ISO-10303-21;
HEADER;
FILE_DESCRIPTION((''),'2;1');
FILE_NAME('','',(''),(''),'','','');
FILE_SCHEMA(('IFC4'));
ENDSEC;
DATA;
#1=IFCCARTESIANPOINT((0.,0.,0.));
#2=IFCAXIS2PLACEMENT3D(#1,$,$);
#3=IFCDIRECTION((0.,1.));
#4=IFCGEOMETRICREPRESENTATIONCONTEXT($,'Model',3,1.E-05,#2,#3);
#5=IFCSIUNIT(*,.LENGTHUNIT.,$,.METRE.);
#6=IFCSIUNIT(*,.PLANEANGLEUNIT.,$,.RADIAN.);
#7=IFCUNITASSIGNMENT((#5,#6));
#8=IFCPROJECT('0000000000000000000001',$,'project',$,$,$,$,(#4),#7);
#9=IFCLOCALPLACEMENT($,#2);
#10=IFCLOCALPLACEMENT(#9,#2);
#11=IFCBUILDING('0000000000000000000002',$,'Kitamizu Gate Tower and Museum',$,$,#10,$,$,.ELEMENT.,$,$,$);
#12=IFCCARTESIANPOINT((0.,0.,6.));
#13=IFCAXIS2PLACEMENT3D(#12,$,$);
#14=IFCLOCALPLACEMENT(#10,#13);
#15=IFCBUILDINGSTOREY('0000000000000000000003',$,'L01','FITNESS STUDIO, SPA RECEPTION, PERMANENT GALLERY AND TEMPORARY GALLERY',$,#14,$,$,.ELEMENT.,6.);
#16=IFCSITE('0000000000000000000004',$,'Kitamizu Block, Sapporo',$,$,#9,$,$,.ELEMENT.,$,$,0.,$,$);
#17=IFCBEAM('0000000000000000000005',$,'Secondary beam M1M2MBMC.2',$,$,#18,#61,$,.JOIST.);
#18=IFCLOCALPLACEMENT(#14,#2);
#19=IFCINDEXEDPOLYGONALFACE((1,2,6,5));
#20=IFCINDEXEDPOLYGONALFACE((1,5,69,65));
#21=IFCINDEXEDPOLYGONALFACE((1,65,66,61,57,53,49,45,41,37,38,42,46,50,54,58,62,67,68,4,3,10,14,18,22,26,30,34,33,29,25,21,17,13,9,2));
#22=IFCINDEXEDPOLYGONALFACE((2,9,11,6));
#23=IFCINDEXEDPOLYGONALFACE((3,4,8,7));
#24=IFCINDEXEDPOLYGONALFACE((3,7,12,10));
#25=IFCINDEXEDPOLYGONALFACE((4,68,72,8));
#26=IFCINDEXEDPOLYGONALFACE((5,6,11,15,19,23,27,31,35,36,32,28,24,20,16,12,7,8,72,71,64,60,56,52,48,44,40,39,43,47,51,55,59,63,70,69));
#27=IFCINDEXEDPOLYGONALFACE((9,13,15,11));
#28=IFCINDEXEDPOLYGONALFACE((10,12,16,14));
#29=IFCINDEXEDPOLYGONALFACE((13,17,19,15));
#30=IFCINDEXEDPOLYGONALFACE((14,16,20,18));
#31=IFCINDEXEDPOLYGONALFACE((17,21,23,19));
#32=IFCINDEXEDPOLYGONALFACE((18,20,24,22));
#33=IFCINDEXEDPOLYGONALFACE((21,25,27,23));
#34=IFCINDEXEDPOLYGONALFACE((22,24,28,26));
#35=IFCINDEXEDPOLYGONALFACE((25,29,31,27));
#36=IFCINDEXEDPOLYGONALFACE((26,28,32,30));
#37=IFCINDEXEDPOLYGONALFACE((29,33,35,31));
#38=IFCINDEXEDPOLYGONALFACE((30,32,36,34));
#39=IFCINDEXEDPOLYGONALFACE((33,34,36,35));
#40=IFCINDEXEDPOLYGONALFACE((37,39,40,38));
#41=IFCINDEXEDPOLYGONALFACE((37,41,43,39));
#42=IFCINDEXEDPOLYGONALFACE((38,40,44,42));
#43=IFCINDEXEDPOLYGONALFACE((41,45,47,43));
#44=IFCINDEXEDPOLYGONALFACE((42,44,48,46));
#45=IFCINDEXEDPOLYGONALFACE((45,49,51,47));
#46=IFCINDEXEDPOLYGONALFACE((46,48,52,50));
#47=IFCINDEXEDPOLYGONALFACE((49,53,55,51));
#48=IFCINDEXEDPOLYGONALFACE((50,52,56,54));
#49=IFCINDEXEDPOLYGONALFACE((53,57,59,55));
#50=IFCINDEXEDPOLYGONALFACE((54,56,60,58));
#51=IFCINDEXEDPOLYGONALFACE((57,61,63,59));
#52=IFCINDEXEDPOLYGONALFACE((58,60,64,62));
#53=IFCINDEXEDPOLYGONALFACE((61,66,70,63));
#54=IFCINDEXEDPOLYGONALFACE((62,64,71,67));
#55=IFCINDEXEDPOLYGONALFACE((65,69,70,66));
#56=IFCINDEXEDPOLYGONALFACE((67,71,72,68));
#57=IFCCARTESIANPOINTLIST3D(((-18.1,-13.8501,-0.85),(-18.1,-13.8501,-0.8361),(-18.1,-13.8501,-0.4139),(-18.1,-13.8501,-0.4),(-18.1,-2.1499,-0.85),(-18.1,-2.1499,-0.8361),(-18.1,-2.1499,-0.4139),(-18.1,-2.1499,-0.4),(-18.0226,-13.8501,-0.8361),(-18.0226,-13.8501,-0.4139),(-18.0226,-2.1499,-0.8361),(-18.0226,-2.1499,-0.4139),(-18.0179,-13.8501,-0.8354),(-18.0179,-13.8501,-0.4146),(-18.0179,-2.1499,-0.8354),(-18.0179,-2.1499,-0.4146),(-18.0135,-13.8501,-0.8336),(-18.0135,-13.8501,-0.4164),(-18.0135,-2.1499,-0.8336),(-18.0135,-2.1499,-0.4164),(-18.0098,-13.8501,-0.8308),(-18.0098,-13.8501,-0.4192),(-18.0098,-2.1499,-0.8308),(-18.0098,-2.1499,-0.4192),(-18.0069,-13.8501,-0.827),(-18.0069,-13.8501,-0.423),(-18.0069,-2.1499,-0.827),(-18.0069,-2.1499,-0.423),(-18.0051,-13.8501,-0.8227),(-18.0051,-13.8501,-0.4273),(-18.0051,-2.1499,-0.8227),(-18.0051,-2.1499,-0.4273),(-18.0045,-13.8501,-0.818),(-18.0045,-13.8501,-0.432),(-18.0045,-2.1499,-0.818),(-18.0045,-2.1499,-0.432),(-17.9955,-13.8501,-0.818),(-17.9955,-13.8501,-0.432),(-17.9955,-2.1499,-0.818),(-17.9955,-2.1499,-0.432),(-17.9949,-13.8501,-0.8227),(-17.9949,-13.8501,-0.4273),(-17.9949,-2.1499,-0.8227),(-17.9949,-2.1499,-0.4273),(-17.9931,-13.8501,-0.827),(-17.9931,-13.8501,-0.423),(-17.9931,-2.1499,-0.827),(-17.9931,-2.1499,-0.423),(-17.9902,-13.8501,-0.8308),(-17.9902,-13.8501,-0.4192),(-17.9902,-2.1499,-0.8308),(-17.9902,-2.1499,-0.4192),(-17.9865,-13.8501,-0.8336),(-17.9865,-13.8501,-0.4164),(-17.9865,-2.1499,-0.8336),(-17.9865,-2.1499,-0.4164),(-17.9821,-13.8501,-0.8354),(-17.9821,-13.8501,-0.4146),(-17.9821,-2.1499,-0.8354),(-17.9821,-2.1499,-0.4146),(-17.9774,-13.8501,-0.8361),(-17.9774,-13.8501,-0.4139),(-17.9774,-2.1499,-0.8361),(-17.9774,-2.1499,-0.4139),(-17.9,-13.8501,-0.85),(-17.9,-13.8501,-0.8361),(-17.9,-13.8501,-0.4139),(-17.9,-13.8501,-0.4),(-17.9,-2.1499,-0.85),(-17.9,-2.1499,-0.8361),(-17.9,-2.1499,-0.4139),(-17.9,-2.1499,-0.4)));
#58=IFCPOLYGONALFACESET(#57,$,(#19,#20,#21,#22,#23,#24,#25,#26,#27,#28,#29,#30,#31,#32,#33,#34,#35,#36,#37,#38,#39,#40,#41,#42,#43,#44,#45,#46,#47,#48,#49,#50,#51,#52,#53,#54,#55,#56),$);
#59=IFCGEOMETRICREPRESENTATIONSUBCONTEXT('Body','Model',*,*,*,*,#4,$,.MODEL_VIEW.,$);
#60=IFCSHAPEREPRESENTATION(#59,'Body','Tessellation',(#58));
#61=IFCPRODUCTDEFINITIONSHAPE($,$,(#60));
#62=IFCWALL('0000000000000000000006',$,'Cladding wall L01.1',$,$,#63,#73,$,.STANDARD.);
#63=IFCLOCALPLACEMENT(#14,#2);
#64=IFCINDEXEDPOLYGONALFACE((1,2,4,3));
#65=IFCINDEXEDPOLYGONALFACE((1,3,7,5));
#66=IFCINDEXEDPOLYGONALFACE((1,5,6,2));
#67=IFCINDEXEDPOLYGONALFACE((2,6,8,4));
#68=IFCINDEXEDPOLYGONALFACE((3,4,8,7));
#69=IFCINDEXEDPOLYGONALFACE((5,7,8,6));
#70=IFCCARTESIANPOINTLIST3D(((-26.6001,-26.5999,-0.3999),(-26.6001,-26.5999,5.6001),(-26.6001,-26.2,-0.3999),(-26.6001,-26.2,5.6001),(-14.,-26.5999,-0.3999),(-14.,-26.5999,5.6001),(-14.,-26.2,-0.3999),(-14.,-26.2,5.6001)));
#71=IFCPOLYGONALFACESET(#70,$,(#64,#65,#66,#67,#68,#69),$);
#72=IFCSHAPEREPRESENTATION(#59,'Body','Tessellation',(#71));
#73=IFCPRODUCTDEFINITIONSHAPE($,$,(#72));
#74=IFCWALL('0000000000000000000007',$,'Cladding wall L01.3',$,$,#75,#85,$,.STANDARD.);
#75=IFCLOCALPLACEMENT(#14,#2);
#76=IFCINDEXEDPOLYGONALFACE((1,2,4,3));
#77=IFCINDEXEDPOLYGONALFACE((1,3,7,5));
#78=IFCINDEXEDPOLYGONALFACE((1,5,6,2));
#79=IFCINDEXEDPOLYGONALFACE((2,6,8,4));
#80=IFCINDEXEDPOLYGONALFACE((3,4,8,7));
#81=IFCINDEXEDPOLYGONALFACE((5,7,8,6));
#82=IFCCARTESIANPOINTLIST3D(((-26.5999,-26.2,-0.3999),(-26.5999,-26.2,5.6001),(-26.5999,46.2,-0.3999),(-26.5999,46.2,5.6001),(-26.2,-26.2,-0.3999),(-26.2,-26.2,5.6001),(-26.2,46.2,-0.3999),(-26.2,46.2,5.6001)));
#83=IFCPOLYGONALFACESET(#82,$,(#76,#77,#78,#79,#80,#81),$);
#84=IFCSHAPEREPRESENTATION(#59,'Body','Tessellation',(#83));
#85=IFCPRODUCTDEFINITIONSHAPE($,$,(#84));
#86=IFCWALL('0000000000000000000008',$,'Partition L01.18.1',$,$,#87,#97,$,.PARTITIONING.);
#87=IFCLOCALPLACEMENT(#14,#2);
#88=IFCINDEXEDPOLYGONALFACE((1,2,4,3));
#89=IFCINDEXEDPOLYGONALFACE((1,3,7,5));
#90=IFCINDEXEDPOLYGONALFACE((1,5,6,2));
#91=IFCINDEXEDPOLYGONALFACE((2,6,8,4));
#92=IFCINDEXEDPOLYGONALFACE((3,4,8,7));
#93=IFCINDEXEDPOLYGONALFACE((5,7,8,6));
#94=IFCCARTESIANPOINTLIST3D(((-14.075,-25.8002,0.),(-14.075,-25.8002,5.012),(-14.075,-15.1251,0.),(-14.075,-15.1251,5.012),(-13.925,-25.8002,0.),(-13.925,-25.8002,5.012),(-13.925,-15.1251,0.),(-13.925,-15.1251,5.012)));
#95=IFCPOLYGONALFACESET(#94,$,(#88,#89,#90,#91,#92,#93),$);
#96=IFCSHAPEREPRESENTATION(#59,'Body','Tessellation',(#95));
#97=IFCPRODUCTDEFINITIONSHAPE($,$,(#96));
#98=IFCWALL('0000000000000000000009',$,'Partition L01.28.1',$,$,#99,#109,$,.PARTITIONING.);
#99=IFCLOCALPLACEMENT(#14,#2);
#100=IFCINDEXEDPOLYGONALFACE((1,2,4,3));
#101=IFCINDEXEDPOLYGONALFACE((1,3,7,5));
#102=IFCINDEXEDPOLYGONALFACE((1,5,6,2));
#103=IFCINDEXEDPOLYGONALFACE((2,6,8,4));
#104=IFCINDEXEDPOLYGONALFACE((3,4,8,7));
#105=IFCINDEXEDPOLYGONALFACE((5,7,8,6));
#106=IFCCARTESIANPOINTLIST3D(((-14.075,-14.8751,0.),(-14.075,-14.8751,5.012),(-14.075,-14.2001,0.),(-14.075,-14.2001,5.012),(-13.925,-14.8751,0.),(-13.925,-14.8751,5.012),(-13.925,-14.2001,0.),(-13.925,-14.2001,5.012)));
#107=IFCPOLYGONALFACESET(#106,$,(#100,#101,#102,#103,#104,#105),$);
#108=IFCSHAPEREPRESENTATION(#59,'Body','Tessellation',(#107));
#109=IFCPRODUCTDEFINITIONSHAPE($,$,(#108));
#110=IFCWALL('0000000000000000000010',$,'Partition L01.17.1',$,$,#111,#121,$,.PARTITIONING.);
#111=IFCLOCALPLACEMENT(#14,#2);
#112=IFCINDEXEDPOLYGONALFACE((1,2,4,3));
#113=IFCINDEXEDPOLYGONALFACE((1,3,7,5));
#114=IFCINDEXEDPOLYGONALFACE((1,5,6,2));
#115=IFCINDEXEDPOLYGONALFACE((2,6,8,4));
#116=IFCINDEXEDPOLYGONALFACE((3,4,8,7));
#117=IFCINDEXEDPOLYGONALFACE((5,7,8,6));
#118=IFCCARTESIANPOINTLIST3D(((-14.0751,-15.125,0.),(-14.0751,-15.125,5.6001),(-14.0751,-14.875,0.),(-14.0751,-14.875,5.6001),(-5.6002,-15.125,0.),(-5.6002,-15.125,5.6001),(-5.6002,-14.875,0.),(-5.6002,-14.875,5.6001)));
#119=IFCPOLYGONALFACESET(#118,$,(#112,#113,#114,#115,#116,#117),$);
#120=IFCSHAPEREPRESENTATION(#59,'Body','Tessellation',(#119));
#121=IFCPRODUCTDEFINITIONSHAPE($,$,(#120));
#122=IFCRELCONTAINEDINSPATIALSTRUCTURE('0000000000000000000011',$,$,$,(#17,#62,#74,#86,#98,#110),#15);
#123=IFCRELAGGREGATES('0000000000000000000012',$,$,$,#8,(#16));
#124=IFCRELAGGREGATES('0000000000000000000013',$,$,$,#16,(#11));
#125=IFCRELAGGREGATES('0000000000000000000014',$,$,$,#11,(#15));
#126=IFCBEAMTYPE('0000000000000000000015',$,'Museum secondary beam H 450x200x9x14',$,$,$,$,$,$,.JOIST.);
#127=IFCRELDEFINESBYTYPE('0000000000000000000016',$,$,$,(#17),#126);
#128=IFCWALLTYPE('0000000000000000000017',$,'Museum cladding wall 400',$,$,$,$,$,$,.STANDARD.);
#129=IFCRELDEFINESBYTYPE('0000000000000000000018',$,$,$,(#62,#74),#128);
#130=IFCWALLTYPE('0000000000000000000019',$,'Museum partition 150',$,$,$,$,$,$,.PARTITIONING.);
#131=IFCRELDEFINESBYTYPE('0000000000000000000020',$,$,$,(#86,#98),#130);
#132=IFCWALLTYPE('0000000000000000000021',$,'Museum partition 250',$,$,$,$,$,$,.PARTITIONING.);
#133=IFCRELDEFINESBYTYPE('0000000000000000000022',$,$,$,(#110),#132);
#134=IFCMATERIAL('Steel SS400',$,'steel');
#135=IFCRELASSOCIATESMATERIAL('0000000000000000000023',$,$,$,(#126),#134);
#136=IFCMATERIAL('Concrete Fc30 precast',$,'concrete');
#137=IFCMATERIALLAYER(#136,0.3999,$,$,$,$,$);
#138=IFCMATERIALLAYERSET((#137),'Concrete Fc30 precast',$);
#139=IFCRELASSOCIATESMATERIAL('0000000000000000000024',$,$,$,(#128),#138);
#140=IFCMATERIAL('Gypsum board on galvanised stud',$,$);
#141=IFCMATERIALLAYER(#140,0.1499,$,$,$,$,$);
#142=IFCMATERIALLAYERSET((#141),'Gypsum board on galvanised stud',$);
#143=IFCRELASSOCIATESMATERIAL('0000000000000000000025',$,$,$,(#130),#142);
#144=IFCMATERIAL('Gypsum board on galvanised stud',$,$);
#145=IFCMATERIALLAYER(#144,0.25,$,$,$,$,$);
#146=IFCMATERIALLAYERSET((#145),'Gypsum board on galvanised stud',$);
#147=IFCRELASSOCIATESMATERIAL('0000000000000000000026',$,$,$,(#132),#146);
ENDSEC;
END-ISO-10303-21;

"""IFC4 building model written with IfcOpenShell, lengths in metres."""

from ifc_helpers import new_model, si_unit, direction, frame, frame_2d, origin, origin_2d, place, context, subcontext, project, spatial, rectangle, i_section, extrude, material, layer, layer_set, material_profile, profile_set, type_object, element, save


model = new_model("IFC4")

# Units and contexts
model_context = context("Model", 3, precision=1e-05, world=origin(), true_north=direction((0.0, 1.0)))
body_context = subcontext(model_context, "Body", "Model", "MODEL_VIEW")
ifc_project = project(units=[si_unit("LENGTHUNIT", "METRE"), si_unit("PLANEANGLEUNIT", "RADIAN")], contexts=[model_context])

# Site, building, storey
site_placement = place(None, origin())
site = spatial("IfcSite", under=ifc_project, at=site_placement, Name="Kitamizu Block, Sapporo", CompositionType="ELEMENT", RefElevation=0.0)
building_placement = place(site_placement, origin())
building = spatial("IfcBuilding", under=site, at=building_placement, Name="Kitamizu Gate Tower and Museum", CompositionType="ELEMENT")
storey_placement = place(building_placement, frame((0.0, 0.0, 6.0)))
storey = spatial("IfcBuildingStorey", under=building, at=storey_placement, Name="L01", Description="FITNESS STUDIO, SPA RECEPTION, PERMANENT GALLERY AND TEMPORARY GALLERY", CompositionType="ELEMENT", Elevation=6.0)

# Beam
ifc_material_1 = material(Name="Steel SS400", Category="steel")
ifc_material_profile_1 = material_profile(ifc_material_1, i_section(OverallWidth=0.2, OverallDepth=0.45, WebThickness=0.009, FlangeThickness=0.0139, FilletRadius=0.0181, at=origin_2d()), Name="H-450x200x9x14")
ifc_profile_set_1 = profile_set([ifc_material_profile_1], Name="Steel SS400")
beam_type_1 = type_object("IfcBeamType", Name="Museum secondary beam H 450x200x9x14", PredefinedType="JOIST", material=ifc_profile_set_1)
for number, where, z_axis, x_axis, name in (
    (1, (-18.0, -13.8501, -0.625), (0.0, 1.0, 0.0), (-1.0, 0.0, 0.0), "Secondary beam M1M2MBMC.2"),
):
    element("IfcBeam", number, at=place(storey_placement, frame(where, z_axis=z_axis, x_axis=x_axis)), inside=storey, type_object=beam_type_1, Name=name, PredefinedType="JOIST", context=body_context, shape_type="SweptSolid", body=[
        extrude(i_section(OverallWidth=0.2, OverallDepth=0.45, WebThickness=0.009, FlangeThickness=0.0139, FilletRadius=0.0181, at=origin_2d()), origin(), (0.0, 0.0, 1.0), 11.7002),
    ])

# Walls
ifc_material_2 = material(Name="Concrete Fc30 precast", Category="concrete")
ifc_layer_1 = layer(ifc_material_2, 0.3999)
ifc_layer_set_1 = layer_set([ifc_layer_1], Name="Concrete Fc30 precast")
wall_type_1 = type_object("IfcWallType", Name="Museum cladding wall 400", PredefinedType="STANDARD", material=ifc_layer_set_1)
wall_1_placement = place(storey_placement, frame((-26.6001, -26.3999, -0.3999), z_axis=(0.0, 0.0, 1.0), x_axis=(1.0, 0.0, 0.0)))
element("IfcWall", 2, at=wall_1_placement, inside=storey, type_object=wall_type_1, Name="Cladding wall L01.1", PredefinedType="STANDARD", context=body_context, shape_type="SweptSolid", body=[
    extrude(rectangle(XDim=12.6001, YDim=0.3999, at=frame_2d((6.3, 0.0))), origin(), (0.0, 0.0, 1.0), 6.0),
])
wall_2_placement = place(storey_placement, frame((-26.3999, -26.2, -0.3999), z_axis=(0.0, 0.0, 1.0), x_axis=(0.0, 1.0, 0.0)))
element("IfcWall", 3, at=wall_2_placement, inside=storey, type_object=wall_type_1, Name="Cladding wall L01.3", PredefinedType="STANDARD", context=body_context, shape_type="SweptSolid", body=[
    extrude(rectangle(XDim=72.3999, YDim=0.3999, at=frame_2d((36.2, 0.0))), origin(), (0.0, 0.0, 1.0), 6.0),
])
ifc_material_3 = material(Name="Gypsum board on galvanised stud")
ifc_layer_2 = layer(ifc_material_3, 0.1499)
ifc_layer_set_2 = layer_set([ifc_layer_2], Name="Gypsum board on galvanised stud")
wall_type_2 = type_object("IfcWallType", Name="Museum partition 150", PredefinedType="PARTITIONING", material=ifc_layer_set_2)
wall_3_placement = place(storey_placement, frame((-14.0, -25.8, 0.0), z_axis=(0.0, 0.0, 1.0), x_axis=(0.0, 1.0, 0.0)))
element("IfcWall", 4, at=wall_3_placement, inside=storey, type_object=wall_type_2, Name="Partition L01.18.1", PredefinedType="PARTITIONING", context=body_context, shape_type="SweptSolid", body=[
    extrude(rectangle(XDim=10.675, YDim=0.1499, at=frame_2d((5.3374, 0.0))), origin(), (0.0, 0.0, 1.0), 5.012),
])
wall_4_placement = place(storey_placement, frame((-14.0, -14.875, 0.0), z_axis=(0.0, 0.0, 1.0), x_axis=(0.0, 1.0, 0.0)))
element("IfcWall", 5, at=wall_4_placement, inside=storey, type_object=wall_type_2, Name="Partition L01.28.1", PredefinedType="PARTITIONING", context=body_context, shape_type="SweptSolid", body=[
    extrude(rectangle(XDim=0.675, YDim=0.1499, at=frame_2d((0.3374, 0.0))), origin(), (0.0, 0.0, 1.0), 5.012),
])
ifc_material_4 = material(Name="Gypsum board on galvanised stud")
ifc_layer_3 = layer(ifc_material_4, 0.25)
ifc_layer_set_3 = layer_set([ifc_layer_3], Name="Gypsum board on galvanised stud")
wall_type_3 = type_object("IfcWallType", Name="Museum partition 250", PredefinedType="PARTITIONING", material=ifc_layer_set_3)
wall_5_placement = place(storey_placement, frame((-14.075, -15.0, 0.0), z_axis=(0.0, 0.0, 1.0), x_axis=(1.0, 0.0, 0.0)))
element("IfcWall", 6, at=wall_5_placement, inside=storey, type_object=wall_type_3, Name="Partition L01.17.1", PredefinedType="PARTITIONING", context=body_context, shape_type="SweptSolid", body=[
    extrude(rectangle(XDim=8.4749, YDim=0.25, at=frame_2d((4.2373, 0.0))), origin(), (0.0, 0.0, 1.0), 5.6001),
])

save(model, "model.ifc")
